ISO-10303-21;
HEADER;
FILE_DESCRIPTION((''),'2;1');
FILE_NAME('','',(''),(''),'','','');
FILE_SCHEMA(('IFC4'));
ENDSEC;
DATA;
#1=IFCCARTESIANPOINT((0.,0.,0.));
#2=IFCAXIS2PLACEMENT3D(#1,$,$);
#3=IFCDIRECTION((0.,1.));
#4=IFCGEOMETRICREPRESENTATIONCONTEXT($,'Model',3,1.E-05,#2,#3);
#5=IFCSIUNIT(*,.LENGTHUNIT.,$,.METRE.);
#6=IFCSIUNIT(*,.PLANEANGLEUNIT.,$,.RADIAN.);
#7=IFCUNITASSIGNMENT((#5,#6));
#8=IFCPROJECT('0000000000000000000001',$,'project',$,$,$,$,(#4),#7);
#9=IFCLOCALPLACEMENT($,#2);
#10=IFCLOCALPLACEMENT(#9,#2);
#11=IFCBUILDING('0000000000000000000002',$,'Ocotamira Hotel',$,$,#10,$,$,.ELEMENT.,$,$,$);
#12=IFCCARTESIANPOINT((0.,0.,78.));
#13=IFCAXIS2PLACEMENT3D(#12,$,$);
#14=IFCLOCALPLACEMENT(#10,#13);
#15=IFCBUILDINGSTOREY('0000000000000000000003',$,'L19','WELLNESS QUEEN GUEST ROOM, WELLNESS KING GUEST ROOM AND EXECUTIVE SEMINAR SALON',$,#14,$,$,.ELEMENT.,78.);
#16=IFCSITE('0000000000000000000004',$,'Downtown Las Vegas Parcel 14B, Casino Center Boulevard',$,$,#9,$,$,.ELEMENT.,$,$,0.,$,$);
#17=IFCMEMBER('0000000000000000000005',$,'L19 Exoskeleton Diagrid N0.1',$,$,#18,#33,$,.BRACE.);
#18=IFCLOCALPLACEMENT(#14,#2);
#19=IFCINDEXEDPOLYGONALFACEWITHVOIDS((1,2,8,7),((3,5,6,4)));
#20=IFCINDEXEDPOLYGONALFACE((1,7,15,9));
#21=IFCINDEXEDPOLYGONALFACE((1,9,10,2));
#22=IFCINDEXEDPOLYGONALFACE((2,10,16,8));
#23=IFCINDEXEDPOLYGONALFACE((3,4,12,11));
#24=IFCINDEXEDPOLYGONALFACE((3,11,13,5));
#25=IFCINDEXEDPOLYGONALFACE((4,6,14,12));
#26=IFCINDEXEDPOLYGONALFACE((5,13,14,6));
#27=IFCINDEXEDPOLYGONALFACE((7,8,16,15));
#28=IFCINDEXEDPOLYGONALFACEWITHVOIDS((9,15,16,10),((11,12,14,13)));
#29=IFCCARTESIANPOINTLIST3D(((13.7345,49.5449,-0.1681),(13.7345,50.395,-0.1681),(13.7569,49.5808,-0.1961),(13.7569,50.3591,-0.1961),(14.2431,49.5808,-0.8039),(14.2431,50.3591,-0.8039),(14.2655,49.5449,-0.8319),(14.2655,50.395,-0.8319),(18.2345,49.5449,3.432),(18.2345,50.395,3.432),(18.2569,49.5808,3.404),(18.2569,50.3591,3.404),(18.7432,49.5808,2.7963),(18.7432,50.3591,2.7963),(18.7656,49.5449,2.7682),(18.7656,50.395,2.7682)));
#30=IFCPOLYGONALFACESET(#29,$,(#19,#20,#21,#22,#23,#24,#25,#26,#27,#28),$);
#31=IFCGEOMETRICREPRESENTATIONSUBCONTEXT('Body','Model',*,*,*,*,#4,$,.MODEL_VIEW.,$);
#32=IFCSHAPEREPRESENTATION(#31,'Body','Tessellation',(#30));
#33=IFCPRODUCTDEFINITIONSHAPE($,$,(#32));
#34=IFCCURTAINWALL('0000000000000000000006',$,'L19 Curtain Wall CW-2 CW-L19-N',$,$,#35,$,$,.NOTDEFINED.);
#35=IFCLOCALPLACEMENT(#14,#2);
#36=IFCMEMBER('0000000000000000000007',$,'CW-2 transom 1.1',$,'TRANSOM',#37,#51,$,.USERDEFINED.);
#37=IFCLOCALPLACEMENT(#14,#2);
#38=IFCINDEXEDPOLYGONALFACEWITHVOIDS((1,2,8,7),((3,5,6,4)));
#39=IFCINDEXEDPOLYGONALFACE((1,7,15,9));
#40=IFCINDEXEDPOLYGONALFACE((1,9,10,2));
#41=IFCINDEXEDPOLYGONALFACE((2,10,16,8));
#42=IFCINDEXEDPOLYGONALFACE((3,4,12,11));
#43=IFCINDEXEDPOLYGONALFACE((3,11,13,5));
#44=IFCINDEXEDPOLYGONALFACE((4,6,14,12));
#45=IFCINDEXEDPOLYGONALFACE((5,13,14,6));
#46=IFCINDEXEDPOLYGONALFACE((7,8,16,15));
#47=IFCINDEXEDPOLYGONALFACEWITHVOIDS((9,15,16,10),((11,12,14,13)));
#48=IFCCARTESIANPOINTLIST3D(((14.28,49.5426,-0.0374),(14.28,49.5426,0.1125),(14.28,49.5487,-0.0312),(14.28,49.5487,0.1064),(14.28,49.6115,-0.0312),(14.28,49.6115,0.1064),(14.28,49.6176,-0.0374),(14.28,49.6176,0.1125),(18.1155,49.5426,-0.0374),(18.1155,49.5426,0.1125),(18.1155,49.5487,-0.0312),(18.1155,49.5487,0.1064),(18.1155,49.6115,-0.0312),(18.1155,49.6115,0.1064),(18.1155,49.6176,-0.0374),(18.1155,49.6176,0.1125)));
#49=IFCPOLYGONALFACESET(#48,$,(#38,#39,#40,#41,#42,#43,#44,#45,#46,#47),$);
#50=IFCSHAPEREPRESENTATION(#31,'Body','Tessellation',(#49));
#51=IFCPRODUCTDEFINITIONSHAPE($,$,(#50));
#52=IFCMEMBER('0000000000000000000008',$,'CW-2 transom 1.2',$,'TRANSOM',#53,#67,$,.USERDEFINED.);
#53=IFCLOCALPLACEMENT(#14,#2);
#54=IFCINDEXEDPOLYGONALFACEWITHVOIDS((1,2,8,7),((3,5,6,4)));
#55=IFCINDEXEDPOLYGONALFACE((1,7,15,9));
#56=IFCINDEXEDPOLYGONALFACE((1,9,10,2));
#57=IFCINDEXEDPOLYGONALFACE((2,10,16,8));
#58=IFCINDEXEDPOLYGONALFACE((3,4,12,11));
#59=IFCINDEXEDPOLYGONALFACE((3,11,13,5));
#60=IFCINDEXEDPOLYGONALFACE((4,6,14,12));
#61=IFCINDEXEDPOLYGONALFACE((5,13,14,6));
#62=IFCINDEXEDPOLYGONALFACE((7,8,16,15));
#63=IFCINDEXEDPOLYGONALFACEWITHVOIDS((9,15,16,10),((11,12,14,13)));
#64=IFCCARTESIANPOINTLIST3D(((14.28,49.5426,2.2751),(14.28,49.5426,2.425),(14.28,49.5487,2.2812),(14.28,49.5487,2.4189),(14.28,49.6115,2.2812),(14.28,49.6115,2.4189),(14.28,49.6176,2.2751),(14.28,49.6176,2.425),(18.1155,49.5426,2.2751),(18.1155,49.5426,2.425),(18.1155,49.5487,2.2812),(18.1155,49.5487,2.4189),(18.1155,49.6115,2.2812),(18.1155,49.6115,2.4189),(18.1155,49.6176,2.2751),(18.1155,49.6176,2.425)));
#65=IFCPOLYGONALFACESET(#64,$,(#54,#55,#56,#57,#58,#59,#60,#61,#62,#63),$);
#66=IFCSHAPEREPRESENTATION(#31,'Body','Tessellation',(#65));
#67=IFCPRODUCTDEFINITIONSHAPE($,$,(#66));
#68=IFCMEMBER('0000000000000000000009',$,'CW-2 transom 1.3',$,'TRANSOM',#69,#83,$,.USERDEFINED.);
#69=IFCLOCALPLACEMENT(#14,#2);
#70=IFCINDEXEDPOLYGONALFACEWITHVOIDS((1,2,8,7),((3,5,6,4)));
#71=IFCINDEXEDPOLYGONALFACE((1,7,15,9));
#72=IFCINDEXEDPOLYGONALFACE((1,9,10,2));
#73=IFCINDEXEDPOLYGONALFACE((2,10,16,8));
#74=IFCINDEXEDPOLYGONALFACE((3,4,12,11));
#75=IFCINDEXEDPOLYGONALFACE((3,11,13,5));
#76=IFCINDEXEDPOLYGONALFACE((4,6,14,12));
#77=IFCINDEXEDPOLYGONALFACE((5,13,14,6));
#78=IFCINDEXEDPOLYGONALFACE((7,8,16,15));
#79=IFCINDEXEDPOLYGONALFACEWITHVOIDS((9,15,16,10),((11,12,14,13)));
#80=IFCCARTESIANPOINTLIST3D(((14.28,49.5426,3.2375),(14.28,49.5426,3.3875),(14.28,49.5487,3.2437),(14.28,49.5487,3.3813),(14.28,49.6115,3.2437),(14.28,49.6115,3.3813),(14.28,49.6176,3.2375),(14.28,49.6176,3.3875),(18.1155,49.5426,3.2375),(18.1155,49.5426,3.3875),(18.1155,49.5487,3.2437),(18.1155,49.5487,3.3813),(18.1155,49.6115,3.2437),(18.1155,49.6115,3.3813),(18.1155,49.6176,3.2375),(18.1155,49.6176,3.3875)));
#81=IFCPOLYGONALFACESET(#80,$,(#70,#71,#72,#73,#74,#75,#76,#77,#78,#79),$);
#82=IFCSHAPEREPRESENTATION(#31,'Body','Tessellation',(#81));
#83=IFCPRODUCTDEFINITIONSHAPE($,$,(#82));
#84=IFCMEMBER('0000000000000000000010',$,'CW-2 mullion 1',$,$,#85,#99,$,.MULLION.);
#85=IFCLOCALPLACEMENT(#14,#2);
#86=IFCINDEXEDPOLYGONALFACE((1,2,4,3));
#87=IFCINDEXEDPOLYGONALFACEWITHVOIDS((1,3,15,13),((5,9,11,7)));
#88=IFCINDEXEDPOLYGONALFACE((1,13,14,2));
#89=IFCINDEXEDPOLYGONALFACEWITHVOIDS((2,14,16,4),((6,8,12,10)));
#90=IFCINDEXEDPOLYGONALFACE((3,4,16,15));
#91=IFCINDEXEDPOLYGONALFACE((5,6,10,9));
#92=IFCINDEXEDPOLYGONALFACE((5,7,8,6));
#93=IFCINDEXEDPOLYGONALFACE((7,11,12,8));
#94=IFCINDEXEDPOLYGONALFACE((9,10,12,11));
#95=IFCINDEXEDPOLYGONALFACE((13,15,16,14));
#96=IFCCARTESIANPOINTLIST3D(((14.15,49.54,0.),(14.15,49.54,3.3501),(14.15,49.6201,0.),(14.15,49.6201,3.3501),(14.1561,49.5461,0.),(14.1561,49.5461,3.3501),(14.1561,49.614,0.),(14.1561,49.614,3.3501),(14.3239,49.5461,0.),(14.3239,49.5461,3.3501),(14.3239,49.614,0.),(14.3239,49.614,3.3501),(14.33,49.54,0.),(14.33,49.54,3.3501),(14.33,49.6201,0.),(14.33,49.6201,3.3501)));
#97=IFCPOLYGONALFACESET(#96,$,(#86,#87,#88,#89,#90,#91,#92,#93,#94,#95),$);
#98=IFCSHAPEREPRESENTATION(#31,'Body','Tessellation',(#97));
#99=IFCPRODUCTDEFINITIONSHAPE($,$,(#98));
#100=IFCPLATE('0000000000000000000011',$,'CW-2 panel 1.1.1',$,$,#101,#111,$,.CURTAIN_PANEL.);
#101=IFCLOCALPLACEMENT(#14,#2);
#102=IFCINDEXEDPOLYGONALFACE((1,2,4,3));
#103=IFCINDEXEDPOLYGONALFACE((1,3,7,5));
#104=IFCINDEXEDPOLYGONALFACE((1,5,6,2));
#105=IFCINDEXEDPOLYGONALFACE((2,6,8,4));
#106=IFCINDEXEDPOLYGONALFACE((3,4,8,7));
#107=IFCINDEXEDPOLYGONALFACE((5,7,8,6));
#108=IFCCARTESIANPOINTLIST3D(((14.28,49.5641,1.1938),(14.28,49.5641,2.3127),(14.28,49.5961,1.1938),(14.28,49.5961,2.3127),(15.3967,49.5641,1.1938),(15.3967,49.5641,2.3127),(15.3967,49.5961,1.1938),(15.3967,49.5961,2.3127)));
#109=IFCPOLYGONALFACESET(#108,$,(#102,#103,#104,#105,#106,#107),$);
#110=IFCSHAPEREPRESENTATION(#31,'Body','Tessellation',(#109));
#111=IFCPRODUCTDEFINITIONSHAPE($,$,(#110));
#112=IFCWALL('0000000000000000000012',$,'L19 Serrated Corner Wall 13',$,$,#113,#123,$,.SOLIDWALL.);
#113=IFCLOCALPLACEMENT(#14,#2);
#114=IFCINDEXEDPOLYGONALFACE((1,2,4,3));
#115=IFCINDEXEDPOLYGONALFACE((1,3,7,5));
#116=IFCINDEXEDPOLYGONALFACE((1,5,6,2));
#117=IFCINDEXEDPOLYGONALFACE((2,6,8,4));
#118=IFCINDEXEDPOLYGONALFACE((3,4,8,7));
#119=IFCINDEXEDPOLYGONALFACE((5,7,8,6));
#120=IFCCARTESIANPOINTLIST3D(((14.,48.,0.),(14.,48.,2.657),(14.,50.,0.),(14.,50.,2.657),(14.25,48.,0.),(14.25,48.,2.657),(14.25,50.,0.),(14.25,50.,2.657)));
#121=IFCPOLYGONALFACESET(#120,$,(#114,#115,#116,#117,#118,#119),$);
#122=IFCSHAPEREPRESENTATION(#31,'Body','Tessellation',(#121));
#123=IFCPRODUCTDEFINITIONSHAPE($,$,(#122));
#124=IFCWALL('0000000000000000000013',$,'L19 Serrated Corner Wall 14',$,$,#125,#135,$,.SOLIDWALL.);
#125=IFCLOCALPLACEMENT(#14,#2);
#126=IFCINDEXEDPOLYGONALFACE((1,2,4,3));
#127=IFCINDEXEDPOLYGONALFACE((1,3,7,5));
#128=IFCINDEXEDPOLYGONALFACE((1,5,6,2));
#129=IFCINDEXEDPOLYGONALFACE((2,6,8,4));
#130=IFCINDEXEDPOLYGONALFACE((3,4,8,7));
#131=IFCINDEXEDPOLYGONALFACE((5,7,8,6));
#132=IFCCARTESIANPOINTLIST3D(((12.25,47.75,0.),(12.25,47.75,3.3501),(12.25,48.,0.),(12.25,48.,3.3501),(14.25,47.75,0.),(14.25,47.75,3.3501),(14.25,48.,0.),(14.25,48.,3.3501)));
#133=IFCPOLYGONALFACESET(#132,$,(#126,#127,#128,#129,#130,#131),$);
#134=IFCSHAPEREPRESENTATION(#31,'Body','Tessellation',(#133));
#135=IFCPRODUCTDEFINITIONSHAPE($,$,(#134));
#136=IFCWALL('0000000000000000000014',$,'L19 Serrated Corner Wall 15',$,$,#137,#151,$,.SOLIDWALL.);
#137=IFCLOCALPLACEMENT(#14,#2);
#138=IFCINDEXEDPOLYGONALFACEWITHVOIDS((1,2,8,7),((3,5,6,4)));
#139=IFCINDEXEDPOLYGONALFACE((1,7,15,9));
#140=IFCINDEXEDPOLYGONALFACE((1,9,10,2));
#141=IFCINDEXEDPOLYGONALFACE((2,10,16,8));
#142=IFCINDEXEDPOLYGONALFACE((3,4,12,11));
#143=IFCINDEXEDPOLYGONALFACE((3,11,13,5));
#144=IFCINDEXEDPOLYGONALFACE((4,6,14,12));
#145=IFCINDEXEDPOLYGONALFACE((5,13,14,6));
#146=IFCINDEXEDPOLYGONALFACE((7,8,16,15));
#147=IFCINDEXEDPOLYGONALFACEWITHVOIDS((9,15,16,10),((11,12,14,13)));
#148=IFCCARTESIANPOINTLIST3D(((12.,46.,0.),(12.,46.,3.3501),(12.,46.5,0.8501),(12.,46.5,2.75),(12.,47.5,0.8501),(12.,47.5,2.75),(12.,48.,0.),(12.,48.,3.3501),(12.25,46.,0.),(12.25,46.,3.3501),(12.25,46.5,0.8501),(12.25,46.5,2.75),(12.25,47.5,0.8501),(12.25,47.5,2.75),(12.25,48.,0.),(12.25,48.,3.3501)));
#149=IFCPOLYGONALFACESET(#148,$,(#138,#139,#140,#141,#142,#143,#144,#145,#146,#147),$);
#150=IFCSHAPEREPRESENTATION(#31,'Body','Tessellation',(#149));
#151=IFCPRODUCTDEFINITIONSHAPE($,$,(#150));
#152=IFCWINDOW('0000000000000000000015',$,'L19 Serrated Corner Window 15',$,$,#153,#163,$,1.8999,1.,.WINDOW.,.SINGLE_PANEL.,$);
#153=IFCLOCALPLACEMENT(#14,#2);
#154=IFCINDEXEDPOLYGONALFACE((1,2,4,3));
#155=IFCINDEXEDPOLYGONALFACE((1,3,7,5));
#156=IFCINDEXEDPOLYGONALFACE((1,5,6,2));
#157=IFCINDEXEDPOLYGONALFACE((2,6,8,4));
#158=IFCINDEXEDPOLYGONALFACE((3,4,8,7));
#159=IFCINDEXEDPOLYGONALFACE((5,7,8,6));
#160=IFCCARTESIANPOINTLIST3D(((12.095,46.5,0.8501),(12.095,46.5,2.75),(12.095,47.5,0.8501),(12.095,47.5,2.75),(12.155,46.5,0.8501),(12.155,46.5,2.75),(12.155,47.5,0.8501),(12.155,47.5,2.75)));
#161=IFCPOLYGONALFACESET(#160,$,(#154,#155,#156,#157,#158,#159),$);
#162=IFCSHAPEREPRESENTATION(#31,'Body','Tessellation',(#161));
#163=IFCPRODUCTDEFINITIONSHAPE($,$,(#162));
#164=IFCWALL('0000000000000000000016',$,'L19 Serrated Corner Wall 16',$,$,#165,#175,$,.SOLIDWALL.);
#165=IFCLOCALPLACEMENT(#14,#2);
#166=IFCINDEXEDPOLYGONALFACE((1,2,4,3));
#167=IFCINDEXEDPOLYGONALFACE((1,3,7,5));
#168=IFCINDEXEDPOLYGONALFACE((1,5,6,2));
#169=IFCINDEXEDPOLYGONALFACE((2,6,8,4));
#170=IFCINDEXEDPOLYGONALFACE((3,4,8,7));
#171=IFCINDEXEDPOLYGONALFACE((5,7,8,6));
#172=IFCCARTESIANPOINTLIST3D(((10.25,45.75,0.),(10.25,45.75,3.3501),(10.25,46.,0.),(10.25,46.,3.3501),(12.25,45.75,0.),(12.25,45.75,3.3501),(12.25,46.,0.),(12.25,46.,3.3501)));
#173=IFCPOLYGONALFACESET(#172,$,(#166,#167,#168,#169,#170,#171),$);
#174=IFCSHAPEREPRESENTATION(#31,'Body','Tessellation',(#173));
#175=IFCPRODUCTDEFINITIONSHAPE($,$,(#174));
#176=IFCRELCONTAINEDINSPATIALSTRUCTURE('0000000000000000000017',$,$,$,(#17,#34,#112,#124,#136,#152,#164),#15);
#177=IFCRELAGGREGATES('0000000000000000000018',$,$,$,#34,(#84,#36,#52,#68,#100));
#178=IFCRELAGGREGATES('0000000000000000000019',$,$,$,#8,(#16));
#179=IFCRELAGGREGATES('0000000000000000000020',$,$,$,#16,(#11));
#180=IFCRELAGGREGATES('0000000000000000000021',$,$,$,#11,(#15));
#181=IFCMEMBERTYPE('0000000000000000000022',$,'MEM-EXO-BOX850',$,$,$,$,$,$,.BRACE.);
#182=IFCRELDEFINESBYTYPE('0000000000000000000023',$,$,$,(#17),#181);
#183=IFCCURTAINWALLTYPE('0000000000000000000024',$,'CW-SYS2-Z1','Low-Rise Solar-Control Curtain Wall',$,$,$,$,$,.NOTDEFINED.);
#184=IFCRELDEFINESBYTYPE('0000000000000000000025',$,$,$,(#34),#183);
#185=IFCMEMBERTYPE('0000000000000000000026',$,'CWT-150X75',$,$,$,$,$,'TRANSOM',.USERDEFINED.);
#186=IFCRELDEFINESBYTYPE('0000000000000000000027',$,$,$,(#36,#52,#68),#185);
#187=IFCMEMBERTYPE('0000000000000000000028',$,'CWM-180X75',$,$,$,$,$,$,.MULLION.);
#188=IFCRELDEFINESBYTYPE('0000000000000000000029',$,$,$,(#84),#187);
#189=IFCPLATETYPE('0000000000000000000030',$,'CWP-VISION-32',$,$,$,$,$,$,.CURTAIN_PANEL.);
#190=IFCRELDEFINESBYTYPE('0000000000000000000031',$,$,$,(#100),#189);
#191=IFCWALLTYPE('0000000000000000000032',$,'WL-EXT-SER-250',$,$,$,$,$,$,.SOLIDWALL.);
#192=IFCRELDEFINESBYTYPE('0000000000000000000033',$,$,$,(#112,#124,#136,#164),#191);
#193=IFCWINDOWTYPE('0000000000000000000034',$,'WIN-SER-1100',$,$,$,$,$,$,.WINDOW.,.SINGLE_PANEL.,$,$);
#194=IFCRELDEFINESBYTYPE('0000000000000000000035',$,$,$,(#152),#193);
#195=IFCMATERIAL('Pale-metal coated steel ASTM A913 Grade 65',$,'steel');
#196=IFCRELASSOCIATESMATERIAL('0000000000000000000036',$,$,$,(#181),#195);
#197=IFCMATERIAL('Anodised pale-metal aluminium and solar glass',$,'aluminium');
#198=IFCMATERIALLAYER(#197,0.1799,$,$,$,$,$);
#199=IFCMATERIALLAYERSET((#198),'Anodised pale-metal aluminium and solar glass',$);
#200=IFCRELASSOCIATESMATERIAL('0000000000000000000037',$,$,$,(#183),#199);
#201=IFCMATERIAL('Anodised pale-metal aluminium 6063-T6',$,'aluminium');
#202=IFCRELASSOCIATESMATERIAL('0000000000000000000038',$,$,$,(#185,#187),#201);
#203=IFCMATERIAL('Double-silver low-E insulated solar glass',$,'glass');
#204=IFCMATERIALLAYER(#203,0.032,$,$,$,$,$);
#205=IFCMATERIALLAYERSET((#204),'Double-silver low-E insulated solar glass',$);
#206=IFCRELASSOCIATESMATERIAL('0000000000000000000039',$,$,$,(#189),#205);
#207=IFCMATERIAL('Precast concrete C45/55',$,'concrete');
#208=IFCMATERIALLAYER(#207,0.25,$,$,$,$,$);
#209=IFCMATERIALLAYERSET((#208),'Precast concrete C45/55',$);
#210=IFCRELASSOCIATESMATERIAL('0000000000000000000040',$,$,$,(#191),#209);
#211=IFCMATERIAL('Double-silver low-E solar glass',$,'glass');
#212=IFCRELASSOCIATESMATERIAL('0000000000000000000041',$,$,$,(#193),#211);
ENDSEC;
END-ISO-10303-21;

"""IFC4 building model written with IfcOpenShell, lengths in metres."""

from ifc_helpers import new_model, si_unit, direction, frame, frame_2d, origin, origin_2d, place, context, subcontext, project, spatial, rectangle, hollow_rectangle, extrude, source, transform, mapped, material, layer, layer_set, material_profile, profile_set, type_object, element, fill, aggregate, save


model = new_model("IFC4")

# Units and contexts
model_context = context("Model", 3, precision=1e-05, world=origin(), true_north=direction((0.0, 1.0)))
body_context = subcontext(model_context, "Body", "Model", "MODEL_VIEW")
ifc_project = project(units=[si_unit("LENGTHUNIT", "METRE"), si_unit("PLANEANGLEUNIT", "RADIAN")], contexts=[model_context])

# Site, building, storey
site_placement = place(None, origin())
site = spatial("IfcSite", under=ifc_project, at=site_placement, Name="Downtown Las Vegas Parcel 14B, Casino Center Boulevard", CompositionType="ELEMENT", RefElevation=0.0)
building_placement = place(site_placement, origin())
building = spatial("IfcBuilding", under=site, at=building_placement, Name="Ocotamira Hotel", CompositionType="ELEMENT")
storey_placement = place(building_placement, frame((0.0, 0.0, 78.0)))
storey = spatial("IfcBuildingStorey", under=building, at=storey_placement, Name="L19", Description="WELLNESS QUEEN GUEST ROOM, WELLNESS KING GUEST ROOM AND EXECUTIVE SEMINAR SALON", CompositionType="ELEMENT", Elevation=78.0)

# Member
ifc_material_1 = material(Name="Pale-metal coated steel ASTM A913 Grade 65", Category="steel")
ifc_material_profile_1 = material_profile(ifc_material_1, hollow_rectangle(XDim=0.8501, YDim=0.8501, WallThickness=0.0359, at=origin_2d()), Name="BOX850X850X36")
ifc_profile_set_1 = profile_set([ifc_material_profile_1], Name="Pale-metal coated steel ASTM A913 Grade 65")
member_type_1 = type_object("IfcMemberType", Name="MEM-EXO-BOX850", PredefinedType="BRACE", material=ifc_profile_set_1)
shared_shape_1 = source(origin(), body_context, "Body", "SweptSolid", [
    extrude(hollow_rectangle(XDim=0.8501, YDim=0.8501, WallThickness=0.0359, at=origin_2d()), origin(), (0.0, 0.0, 1.0), 5.7629),
])
member_1_placement = place(storey_placement, frame((14.0, 49.97, -0.5), z_axis=(0.780861, 0.0, 0.624705), x_axis=(0.0, 1.0, 0.0)))
element("IfcMember", 1, at=member_1_placement, inside=storey, type_object=member_type_1, Name="L19 Exoskeleton Diagrid N0.1", PredefinedType="BRACE", context=body_context, shape_type="MappedRepresentation", body=[
    mapped(shared_shape_1, transform((0.0, 0.0, 0.0), scale=1.0)),
])

# Curtain wall, members, plate
ifc_material_2 = material(Name="Anodised pale-metal aluminium and solar glass", Category="aluminium")
ifc_layer_1 = layer(ifc_material_2, 0.1799)
ifc_layer_set_1 = layer_set([ifc_layer_1], Name="Anodised pale-metal aluminium and solar glass")
curtain_wall_type = type_object("IfcCurtainWallType", Name="CW-SYS2-Z1", Description="Low-Rise Solar-Control Curtain Wall", PredefinedType="NOTDEFINED", material=ifc_layer_set_1)
curtain_wall_placement = place(storey_placement, origin())
curtain_wall = element("IfcCurtainWall", 2, at=curtain_wall_placement, inside=storey, type_object=curtain_wall_type, Name="L19 Curtain Wall CW-2 CW-L19-N", PredefinedType="NOTDEFINED")
ifc_material_3 = material(Name="Anodised pale-metal aluminium 6063-T6", Category="aluminium")
ifc_material_profile_2 = material_profile(ifc_material_3, hollow_rectangle(XDim=0.075, YDim=0.1499, WallThickness=0.0061, at=origin_2d()), Name="HSS150X75X6")
ifc_profile_set_2 = profile_set([ifc_material_profile_2], Name="Anodised pale-metal aluminium 6063-T6")
member_type_2 = type_object("IfcMemberType", Name="CWT-150X75", ElementType="TRANSOM", PredefinedType="USERDEFINED", material=ifc_profile_set_2)
shared_shape_2 = source(origin(), body_context, "Body", "SweptSolid", [
    extrude(hollow_rectangle(XDim=0.075, YDim=0.1499, WallThickness=0.0061, at=origin_2d()), origin(), (0.0, 0.0, 1.0), 3.8354),
])
member_2_placement = place(storey_placement, frame((14.28, 49.5801, 0.0376), z_axis=(1.0, 0.0, 0.0), x_axis=(0.0, 1.0, 0.0)))
member_2 = element("IfcMember", 3, at=member_2_placement, type_object=member_type_2, Name="CW-2 transom 1.1", ObjectType="TRANSOM", PredefinedType="USERDEFINED", context=body_context, shape_type="MappedRepresentation", body=[
    mapped(shared_shape_2, transform((0.0, 0.0, 0.0), scale=1.0)),
])
member_3_placement = place(storey_placement, frame((14.28, 49.5801, 2.3501), z_axis=(1.0, 0.0, 0.0), x_axis=(0.0, 1.0, 0.0)))
member_3 = element("IfcMember", 4, at=member_3_placement, type_object=member_type_2, Name="CW-2 transom 1.2", ObjectType="TRANSOM", PredefinedType="USERDEFINED", context=body_context, shape_type="MappedRepresentation", body=[
    mapped(shared_shape_2, transform((0.0, 0.0, 0.0), scale=1.0)),
])
member_4_placement = place(storey_placement, frame((14.28, 49.5801, 3.3125), z_axis=(1.0, 0.0, 0.0), x_axis=(0.0, 1.0, 0.0)))
member_4 = element("IfcMember", 5, at=member_4_placement, type_object=member_type_2, Name="CW-2 transom 1.3", ObjectType="TRANSOM", PredefinedType="USERDEFINED", context=body_context, shape_type="MappedRepresentation", body=[
    mapped(shared_shape_2, transform((0.0, 0.0, 0.0), scale=1.0)),
])
ifc_material_profile_3 = material_profile(ifc_material_3, hollow_rectangle(XDim=0.0801, YDim=0.1799, WallThickness=0.0061, at=origin_2d()), Name="HSS180X80X6")
ifc_profile_set_3 = profile_set([ifc_material_profile_3], Name="Anodised pale-metal aluminium 6063-T6")
member_type_3 = type_object("IfcMemberType", Name="CWM-180X75", PredefinedType="MULLION", material=ifc_profile_set_3)
shared_shape_3 = source(origin(), body_context, "Body", "SweptSolid", [
    extrude(hollow_rectangle(XDim=0.0801, YDim=0.1799, WallThickness=0.0061, at=origin_2d()), origin(), (0.0, 0.0, 1.0), 3.3501),
])
member_5_placement = place(storey_placement, frame((14.24, 49.5801, 0.0), z_axis=(0.0, 0.0, 1.0), x_axis=(0.0, 1.0, 0.0)))
member_5 = element("IfcMember", 6, at=member_5_placement, type_object=member_type_3, Name="CW-2 mullion 1", PredefinedType="MULLION", context=body_context, shape_type="MappedRepresentation", body=[
    mapped(shared_shape_3, transform((0.0, 0.0, 0.0), scale=1.0)),
])
ifc_material_4 = material(Name="Double-silver low-E insulated solar glass", Category="glass")
ifc_layer_2 = layer(ifc_material_4, 0.032)
ifc_layer_set_2 = layer_set([ifc_layer_2], Name="Double-silver low-E insulated solar glass")
plate_type = type_object("IfcPlateType", Name="CWP-VISION-32", PredefinedType="CURTAIN_PANEL", material=ifc_layer_set_2)
shared_shape_4 = source(origin(), body_context, "Body", "SweptSolid", [
    extrude(rectangle(XDim=1.1167, YDim=0.032, at=origin_2d()), origin(), (0.0, 0.0, 1.0), 1.1189),
])
plate_placement = place(storey_placement, frame((14.8384, 49.5801, 1.1938), z_axis=(0.0, 0.0, 1.0), x_axis=(1.0, 0.0, 0.0)))
plate = element("IfcPlate", 7, at=plate_placement, type_object=plate_type, Name="CW-2 panel 1.1.1", PredefinedType="CURTAIN_PANEL", context=body_context, shape_type="MappedRepresentation", body=[
    mapped(shared_shape_4, transform((0.0, 0.0, 0.0), scale=1.0)),
])
aggregate(curtain_wall, [member_5, member_2, member_3, member_4, plate])

# Walls
ifc_material_5 = material(Name="Precast concrete C45/55", Category="concrete")
ifc_layer_3 = layer(ifc_material_5, 0.25)
ifc_layer_set_3 = layer_set([ifc_layer_3], Name="Precast concrete C45/55")
wall_type_1 = type_object("IfcWallType", Name="WL-EXT-SER-250", PredefinedType="SOLIDWALL", material=ifc_layer_set_3)
wall_1_placement = place(storey_placement, frame((14.125, 50.0, 0.0), z_axis=(0.0, 0.0, 1.0), x_axis=(0.0, -1.0, 0.0)))
element("IfcWall", 8, at=wall_1_placement, inside=storey, type_object=wall_type_1, Name="L19 Serrated Corner Wall 13", PredefinedType="SOLIDWALL", context=body_context, shape_type="SweptSolid", body=[
    extrude(rectangle(XDim=2.0, YDim=0.25, at=frame_2d((1.0, 0.0))), origin(), (0.0, 0.0, 1.0), 2.657),
])
wall_2_placement = place(storey_placement, frame((14.25, 47.875, 0.0), z_axis=(0.0, 0.0, 1.0), x_axis=(-1.0, 0.0, 0.0)))
element("IfcWall", 9, at=wall_2_placement, inside=storey, type_object=wall_type_1, Name="L19 Serrated Corner Wall 14", PredefinedType="SOLIDWALL", context=body_context, shape_type="SweptSolid", body=[
    extrude(rectangle(XDim=2.0, YDim=0.25, at=frame_2d((1.0, 0.0))), origin(), (0.0, 0.0, 1.0), 3.3501),
])

# Wall, opening, window
wall_3_placement = place(storey_placement, frame((12.125, 48.0, 0.0), z_axis=(0.0, 0.0, 1.0), x_axis=(0.0, -1.0, 0.0)))
wall_3 = element("IfcWall", 10, at=wall_3_placement, inside=storey, type_object=wall_type_1, Name="L19 Serrated Corner Wall 15", PredefinedType="SOLIDWALL", context=body_context, shape_type="SweptSolid", body=[
    extrude(rectangle(XDim=2.0, YDim=0.25, at=frame_2d((1.0, 0.0))), origin(), (0.0, 0.0, 1.0), 3.3501),
])
opening_1_placement = place(wall_3_placement, frame((0.5, 0.0, 0.8501)))
opening_1 = element("IfcOpeningElement", 11, at=opening_1_placement, cuts=wall_3, PredefinedType="OPENING", context=body_context, shape_type="SweptSolid", body=[
    extrude(rectangle(XDim=1.0, YDim=1.8999, at=frame_2d((0.5, 0.95))), frame((0.0, 0.135, 0.0), z_axis=(0.0, -1.0, 0.0), x_axis=(1.0, 0.0, 0.0)), (0.0, 0.0, 1.0), 0.27),
])
ifc_material_6 = material(Name="Double-silver low-E solar glass", Category="glass")
window_type = type_object("IfcWindowType", Name="WIN-SER-1100", PartitioningType="SINGLE_PANEL", PredefinedType="WINDOW", material=ifc_material_6)
shared_shape_5 = source(origin(), body_context, "Body", "SweptSolid", [
    extrude(rectangle(XDim=1.0, YDim=1.8999, at=frame_2d((0.5, 0.95))), frame((0.0, 0.03, 0.0), z_axis=(0.0, -1.0, 0.0), x_axis=(1.0, 0.0, 0.0)), (0.0, 0.0, 1.0), 0.0601),
])
window_placement = place(opening_1_placement, origin())
window = element("IfcWindow", 12, at=window_placement, inside=storey, type_object=window_type, Name="L19 Serrated Corner Window 15", OverallHeight=1.8999, OverallWidth=1.0, PartitioningType="SINGLE_PANEL", PredefinedType="WINDOW", context=body_context, shape_type="MappedRepresentation", body=[
    mapped(shared_shape_5, transform((0.0, 0.0, 0.0), scale=1.0)),
])
fill(opening_1, window)

# Wall
for number, where, z_axis, x_axis, name in (
    (13, (12.25, 45.875, 0.0), (0.0, 0.0, 1.0), (-1.0, 0.0, 0.0), "L19 Serrated Corner Wall 16"),
):
    element("IfcWall", number, at=place(storey_placement, frame(where, z_axis=z_axis, x_axis=x_axis)), inside=storey, type_object=wall_type_1, Name=name, PredefinedType="SOLIDWALL", context=body_context, shape_type="SweptSolid", body=[
        extrude(rectangle(XDim=2.0, YDim=0.25, at=frame_2d((1.0, 0.0))), origin(), (0.0, 0.0, 1.0), 3.3501),
    ])

save(model, "model.ifc")
